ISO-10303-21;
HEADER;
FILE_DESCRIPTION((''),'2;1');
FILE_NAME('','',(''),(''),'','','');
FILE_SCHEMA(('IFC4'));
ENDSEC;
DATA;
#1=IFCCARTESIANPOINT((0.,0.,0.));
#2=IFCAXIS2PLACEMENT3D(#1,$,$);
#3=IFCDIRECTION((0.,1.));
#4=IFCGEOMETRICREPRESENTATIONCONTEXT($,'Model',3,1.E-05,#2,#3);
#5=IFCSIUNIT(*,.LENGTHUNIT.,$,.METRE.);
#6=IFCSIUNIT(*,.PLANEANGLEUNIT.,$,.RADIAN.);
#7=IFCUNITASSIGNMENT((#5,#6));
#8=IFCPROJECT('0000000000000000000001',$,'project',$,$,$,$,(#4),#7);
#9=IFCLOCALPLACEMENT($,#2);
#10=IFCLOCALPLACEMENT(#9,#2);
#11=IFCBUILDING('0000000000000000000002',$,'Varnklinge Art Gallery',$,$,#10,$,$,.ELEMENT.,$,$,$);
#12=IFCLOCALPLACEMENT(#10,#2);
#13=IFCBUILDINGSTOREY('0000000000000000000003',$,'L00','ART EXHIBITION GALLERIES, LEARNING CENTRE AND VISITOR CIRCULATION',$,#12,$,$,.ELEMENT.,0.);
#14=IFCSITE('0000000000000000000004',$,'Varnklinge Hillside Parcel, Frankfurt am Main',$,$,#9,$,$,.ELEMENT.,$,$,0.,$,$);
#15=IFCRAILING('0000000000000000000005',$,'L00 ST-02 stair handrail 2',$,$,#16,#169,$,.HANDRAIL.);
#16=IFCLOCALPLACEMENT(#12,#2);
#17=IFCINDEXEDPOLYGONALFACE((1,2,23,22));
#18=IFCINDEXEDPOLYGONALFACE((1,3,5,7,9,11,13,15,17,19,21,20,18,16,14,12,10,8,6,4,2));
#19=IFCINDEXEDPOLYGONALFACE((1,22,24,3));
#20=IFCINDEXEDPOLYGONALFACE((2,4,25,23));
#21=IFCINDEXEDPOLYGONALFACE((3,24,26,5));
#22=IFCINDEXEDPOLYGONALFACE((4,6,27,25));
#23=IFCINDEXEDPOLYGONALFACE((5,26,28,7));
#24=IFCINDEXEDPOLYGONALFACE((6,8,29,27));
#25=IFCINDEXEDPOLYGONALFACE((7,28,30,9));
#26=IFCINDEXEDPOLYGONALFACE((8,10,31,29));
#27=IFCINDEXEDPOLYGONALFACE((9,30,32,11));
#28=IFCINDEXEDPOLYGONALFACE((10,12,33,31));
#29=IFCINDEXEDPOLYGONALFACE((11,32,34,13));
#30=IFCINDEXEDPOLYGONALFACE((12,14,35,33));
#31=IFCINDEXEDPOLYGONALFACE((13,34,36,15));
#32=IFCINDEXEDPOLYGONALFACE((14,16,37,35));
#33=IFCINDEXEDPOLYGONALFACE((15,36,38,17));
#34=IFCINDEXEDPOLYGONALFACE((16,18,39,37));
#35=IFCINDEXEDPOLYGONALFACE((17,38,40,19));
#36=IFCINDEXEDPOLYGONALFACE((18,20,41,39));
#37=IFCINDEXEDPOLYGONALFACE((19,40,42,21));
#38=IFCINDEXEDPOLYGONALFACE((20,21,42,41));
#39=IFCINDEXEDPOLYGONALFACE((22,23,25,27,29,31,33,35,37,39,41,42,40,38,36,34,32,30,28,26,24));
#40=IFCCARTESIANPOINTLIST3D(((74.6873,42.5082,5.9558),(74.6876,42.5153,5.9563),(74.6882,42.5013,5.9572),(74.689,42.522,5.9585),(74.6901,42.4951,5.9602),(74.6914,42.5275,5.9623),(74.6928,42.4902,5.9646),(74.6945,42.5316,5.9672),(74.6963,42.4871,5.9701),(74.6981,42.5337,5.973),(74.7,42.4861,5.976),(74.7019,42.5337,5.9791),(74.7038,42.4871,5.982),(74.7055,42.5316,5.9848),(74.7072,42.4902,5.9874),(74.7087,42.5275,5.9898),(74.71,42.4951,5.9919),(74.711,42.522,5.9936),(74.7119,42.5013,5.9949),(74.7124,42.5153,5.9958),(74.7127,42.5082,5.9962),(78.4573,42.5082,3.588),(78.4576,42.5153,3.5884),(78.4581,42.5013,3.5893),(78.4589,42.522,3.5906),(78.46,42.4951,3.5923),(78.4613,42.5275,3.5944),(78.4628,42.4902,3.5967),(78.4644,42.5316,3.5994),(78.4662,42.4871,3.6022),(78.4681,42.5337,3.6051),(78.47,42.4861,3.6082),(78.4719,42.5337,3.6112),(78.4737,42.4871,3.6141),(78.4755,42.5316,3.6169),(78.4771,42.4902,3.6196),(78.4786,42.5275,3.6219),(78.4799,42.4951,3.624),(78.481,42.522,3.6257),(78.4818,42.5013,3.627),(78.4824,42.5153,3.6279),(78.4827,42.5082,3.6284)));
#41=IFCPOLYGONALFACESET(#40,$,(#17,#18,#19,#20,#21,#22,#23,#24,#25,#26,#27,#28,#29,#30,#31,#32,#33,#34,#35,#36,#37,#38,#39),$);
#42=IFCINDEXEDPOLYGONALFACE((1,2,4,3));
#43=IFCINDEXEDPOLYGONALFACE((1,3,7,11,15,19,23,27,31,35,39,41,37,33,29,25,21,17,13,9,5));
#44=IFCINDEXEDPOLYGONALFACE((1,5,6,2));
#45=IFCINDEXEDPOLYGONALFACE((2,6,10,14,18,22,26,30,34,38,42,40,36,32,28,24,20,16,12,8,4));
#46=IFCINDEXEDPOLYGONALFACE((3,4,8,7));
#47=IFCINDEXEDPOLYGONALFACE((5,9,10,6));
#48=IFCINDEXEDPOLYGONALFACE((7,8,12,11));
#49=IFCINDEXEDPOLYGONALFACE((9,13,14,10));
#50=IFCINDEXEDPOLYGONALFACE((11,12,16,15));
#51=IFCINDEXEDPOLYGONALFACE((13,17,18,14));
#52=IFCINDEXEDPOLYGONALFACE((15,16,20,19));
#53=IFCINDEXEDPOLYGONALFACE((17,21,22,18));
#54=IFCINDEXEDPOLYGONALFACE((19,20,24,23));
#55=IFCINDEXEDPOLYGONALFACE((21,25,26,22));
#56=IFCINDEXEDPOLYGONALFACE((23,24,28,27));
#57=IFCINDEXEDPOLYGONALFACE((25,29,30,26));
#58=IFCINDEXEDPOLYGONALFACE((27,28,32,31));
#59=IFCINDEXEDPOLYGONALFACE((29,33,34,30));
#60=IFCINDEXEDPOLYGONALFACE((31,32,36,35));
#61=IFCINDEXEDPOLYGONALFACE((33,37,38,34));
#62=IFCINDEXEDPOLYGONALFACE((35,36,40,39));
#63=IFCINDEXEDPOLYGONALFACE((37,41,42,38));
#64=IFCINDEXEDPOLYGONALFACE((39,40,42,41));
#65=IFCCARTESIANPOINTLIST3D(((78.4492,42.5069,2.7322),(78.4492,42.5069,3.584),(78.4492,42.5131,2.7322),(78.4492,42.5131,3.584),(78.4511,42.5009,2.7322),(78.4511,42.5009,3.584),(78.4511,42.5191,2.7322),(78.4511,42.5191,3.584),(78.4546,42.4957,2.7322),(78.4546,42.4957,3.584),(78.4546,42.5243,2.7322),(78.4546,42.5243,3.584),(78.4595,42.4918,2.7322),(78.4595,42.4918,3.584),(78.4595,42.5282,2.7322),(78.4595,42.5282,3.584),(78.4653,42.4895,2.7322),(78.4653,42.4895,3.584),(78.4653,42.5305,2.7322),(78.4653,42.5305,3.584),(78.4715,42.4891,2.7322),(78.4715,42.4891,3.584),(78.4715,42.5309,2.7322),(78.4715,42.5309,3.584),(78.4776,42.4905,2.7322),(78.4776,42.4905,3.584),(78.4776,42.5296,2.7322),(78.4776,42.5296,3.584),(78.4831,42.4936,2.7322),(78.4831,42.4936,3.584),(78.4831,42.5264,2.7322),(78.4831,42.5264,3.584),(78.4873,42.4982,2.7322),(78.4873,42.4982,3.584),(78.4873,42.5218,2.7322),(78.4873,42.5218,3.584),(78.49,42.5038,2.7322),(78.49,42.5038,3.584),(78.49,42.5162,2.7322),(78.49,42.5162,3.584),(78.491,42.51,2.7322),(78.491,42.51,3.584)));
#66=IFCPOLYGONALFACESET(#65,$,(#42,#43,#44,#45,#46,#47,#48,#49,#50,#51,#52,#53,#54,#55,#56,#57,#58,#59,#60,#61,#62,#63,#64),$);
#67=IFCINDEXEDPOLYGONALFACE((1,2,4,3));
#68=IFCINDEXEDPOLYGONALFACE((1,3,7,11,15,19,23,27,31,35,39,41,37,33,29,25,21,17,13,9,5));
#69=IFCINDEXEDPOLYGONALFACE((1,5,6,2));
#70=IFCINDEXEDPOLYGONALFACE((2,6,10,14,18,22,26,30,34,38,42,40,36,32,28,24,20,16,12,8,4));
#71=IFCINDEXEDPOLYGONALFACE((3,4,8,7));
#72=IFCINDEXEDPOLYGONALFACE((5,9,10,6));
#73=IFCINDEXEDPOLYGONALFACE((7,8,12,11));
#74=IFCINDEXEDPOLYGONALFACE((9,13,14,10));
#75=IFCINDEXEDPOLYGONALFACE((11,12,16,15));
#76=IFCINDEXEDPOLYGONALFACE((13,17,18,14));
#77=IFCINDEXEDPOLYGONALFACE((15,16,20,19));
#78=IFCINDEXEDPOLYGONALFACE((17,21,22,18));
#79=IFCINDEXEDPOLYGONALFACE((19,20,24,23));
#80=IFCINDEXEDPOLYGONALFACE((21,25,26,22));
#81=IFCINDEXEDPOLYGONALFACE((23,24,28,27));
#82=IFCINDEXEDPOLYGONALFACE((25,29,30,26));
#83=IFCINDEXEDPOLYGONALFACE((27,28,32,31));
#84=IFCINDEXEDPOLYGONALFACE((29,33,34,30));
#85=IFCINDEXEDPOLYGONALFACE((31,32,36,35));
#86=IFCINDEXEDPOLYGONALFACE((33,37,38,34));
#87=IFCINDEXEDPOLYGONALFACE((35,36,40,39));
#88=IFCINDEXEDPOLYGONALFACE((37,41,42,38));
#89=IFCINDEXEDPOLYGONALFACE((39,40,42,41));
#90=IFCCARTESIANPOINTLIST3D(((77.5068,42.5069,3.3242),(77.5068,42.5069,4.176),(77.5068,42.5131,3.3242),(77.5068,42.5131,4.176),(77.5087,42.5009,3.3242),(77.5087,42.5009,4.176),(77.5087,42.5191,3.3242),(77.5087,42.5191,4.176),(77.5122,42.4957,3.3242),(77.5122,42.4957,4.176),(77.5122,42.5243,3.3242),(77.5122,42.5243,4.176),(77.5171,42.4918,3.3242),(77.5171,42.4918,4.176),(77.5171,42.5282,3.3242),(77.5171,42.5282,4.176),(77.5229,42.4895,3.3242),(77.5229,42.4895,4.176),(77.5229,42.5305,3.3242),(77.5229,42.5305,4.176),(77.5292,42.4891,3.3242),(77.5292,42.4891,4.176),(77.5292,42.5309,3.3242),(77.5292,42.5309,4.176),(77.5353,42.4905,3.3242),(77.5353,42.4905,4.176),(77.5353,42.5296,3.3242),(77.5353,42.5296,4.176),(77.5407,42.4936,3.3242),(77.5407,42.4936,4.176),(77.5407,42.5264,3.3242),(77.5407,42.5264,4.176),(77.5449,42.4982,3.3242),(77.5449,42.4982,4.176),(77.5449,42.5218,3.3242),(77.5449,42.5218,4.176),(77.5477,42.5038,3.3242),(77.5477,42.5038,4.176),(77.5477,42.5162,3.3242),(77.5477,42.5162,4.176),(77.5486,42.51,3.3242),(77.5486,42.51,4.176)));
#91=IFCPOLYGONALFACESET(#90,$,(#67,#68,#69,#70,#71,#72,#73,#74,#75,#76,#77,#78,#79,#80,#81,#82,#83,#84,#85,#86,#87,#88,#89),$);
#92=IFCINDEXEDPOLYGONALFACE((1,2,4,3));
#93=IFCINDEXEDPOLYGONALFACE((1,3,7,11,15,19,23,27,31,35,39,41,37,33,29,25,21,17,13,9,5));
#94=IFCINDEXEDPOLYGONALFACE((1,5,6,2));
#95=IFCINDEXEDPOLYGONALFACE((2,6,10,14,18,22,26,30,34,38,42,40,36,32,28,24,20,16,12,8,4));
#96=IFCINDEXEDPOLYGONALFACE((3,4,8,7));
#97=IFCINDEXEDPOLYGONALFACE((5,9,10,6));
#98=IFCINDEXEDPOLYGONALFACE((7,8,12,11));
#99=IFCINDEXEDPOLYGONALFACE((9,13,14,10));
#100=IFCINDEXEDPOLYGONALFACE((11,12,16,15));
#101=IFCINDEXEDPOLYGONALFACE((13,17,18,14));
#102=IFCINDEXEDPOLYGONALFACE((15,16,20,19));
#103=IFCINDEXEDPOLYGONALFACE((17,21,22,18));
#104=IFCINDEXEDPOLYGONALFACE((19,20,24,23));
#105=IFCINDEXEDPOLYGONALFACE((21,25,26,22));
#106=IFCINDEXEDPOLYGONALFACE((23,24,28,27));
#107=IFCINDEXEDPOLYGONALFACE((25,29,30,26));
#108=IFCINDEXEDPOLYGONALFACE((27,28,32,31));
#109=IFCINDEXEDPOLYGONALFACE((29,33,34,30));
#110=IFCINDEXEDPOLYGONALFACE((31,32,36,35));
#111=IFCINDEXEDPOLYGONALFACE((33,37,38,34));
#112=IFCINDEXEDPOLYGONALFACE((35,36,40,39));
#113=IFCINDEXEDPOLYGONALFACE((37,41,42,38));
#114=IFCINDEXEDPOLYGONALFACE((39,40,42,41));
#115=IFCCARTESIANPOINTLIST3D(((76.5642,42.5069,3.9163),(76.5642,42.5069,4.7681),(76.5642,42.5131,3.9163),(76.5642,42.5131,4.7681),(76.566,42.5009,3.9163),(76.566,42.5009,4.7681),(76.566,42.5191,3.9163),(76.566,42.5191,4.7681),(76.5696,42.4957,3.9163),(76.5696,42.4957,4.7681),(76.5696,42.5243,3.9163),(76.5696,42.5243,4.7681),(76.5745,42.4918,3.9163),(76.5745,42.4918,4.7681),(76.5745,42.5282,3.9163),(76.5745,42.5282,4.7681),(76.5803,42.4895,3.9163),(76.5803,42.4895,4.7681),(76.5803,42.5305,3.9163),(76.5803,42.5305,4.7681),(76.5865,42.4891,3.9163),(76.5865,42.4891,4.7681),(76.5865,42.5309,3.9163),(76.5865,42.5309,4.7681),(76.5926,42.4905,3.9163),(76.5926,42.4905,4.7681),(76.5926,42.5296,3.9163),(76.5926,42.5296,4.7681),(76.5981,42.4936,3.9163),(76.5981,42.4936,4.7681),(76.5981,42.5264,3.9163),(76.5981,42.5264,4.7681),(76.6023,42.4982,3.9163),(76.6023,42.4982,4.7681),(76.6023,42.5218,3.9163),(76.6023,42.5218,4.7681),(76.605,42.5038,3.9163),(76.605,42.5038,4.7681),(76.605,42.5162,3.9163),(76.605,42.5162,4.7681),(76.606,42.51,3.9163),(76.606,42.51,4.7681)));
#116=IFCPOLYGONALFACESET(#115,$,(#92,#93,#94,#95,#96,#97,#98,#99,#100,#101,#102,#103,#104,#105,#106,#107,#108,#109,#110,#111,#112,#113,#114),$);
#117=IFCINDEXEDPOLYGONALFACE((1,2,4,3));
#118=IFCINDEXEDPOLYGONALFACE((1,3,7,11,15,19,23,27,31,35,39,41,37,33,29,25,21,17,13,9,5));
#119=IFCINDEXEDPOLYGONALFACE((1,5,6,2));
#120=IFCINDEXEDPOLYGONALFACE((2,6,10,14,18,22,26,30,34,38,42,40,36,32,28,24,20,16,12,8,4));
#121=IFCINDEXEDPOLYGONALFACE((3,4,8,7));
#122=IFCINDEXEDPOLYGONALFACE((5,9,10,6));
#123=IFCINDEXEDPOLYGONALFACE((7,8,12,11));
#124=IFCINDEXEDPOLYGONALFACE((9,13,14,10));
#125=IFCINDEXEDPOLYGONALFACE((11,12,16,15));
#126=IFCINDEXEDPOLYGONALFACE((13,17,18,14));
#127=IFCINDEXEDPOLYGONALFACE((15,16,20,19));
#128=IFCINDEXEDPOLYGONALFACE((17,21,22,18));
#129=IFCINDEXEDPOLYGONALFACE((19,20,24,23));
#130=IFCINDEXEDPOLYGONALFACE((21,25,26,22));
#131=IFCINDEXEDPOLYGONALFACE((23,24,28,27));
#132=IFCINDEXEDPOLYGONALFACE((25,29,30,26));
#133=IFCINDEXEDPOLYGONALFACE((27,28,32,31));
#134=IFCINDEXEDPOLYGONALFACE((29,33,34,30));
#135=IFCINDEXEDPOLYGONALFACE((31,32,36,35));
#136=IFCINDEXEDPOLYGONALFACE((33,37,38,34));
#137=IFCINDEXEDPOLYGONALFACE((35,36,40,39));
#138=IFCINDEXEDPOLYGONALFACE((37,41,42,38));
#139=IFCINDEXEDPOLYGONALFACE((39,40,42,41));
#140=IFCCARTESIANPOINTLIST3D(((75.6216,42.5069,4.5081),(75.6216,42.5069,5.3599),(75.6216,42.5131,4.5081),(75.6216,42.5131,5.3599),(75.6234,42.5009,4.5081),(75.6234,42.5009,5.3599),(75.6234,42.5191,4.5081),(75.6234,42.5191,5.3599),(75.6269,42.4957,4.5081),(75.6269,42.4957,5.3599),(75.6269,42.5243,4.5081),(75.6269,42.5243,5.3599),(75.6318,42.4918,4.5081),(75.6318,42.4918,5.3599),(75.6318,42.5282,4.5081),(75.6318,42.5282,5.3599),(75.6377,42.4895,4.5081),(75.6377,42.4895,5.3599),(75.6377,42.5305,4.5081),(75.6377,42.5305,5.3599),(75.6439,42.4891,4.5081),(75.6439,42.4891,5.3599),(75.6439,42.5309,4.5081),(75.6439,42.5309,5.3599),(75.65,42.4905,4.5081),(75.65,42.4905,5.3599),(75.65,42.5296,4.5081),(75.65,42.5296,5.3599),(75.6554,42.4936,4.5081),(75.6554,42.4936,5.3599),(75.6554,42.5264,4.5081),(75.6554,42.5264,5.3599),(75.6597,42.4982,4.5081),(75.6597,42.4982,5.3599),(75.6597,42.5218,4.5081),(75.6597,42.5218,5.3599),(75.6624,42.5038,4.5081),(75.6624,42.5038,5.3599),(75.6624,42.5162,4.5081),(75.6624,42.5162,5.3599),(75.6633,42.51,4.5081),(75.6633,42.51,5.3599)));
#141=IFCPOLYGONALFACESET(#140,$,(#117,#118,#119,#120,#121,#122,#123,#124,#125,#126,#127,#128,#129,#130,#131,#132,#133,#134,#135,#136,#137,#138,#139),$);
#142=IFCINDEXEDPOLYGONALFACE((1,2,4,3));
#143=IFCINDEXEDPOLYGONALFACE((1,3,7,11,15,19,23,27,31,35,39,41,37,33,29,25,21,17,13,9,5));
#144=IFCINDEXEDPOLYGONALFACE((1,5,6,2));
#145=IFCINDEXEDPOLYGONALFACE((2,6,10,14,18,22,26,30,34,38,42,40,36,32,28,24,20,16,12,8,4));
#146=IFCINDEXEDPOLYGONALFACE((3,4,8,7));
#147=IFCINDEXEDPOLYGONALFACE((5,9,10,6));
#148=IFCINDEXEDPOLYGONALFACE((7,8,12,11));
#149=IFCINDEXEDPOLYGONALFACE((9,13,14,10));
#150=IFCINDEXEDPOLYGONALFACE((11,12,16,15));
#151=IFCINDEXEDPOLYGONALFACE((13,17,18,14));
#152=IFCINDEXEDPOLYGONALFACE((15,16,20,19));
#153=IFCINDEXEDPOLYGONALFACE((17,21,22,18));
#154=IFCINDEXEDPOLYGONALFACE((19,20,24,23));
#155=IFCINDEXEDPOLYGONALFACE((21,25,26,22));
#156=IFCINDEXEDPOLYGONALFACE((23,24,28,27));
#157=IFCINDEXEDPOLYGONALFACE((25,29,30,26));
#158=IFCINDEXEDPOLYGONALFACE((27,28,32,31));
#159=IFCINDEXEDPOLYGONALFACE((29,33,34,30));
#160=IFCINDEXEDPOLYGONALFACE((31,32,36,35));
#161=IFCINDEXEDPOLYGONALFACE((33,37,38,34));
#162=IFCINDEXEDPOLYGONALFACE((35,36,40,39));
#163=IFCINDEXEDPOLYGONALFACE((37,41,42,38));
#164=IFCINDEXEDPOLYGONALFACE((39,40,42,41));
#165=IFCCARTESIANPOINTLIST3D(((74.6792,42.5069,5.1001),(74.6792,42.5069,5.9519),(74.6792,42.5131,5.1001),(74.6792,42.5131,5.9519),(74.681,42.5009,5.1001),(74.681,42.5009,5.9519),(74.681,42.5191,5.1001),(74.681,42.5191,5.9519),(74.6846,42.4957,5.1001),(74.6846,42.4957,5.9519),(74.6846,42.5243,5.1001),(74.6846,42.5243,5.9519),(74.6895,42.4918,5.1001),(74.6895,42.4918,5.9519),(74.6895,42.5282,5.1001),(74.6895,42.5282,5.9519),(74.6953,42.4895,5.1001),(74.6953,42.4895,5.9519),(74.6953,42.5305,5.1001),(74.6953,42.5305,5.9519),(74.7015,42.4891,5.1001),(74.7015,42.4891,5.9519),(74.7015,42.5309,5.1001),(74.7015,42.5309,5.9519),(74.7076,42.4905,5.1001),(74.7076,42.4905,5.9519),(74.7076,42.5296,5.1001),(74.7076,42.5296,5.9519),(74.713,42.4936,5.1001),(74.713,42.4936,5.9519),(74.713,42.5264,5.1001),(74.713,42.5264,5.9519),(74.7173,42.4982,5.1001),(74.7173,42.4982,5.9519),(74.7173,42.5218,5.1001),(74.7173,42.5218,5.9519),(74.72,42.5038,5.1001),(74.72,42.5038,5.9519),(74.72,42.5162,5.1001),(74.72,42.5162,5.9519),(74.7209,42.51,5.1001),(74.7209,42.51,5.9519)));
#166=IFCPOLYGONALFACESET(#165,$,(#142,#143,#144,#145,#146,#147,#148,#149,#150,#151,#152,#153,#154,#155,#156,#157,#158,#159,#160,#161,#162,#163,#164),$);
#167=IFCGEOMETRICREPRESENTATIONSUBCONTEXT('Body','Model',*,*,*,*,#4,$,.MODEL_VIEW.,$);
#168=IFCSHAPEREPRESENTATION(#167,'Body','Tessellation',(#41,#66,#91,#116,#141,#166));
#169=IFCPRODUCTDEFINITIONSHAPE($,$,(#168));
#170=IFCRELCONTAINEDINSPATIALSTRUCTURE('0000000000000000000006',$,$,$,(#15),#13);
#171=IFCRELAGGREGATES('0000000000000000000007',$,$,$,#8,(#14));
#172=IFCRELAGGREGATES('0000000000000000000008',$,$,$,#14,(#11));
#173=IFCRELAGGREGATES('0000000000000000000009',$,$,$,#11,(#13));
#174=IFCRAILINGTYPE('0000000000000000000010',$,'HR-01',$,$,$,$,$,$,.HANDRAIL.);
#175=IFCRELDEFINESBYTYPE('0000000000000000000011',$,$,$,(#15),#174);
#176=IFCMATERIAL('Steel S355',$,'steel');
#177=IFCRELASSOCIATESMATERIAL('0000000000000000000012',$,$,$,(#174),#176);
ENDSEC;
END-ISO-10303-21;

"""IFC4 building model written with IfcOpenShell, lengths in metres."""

from ifc_helpers import new_model, si_unit, direction, frame, origin, origin_2d, place, context, subcontext, project, spatial, circle, extrude, material, type_object, element, save


model = new_model("IFC4")

# Units and contexts
model_context = context("Model", 3, precision=1e-05, world=origin(), true_north=direction((0.0, 1.0)))
body_context = subcontext(model_context, "Body", "Model", "MODEL_VIEW")
ifc_project = project(units=[si_unit("LENGTHUNIT", "METRE"), si_unit("PLANEANGLEUNIT", "RADIAN")], contexts=[model_context])

# Site, building, storey
site_placement = place(None, origin())
site = spatial("IfcSite", under=ifc_project, at=site_placement, Name="Varnklinge Hillside Parcel, Frankfurt am Main", CompositionType="ELEMENT", RefElevation=0.0)
building_placement = place(site_placement, origin())
building = spatial("IfcBuilding", under=site, at=building_placement, Name="Varnklinge Art Gallery", CompositionType="ELEMENT")
storey_placement = place(building_placement, origin())
storey = spatial("IfcBuildingStorey", under=building, at=storey_placement, Name="L00", Description="ART EXHIBITION GALLERIES, LEARNING CENTRE AND VISITOR CIRCULATION", CompositionType="ELEMENT", Elevation=0.0)

# Railing
ifc_material_1 = material(Name="Steel S355", Category="steel")
railing_type_1 = type_object("IfcRailingType", Name="HR-01", PredefinedType="HANDRAIL", material=ifc_material_1)
for number, where, name in (
    (1, (78.47, 42.51, 2.7322), "L00 ST-02 stair handrail 2"),
):
    element("IfcRailing", number, at=place(storey_placement, frame(where)), inside=storey, type_object=railing_type_1, Name=name, PredefinedType="HANDRAIL", context=body_context, shape_type="SweptSolid", body=[
        extrude(circle(Radius=0.0239, at=origin_2d()), frame((0.0, 0.0, 0.876), z_axis=(-0.846819, 0.0, 0.531881), x_axis=(0.0, -1.0, 0.0)), (0.0, 0.0, 1.0), 4.4519),
        extrude(circle(Radius=0.021, at=origin_2d()), origin(), (0.0, 0.0, 1.0), 0.8518),
        extrude(circle(Radius=0.021, at=origin_2d()), frame((-0.9424, 0.0, 0.592)), (0.0, 0.0, 1.0), 0.8518),
        extrude(circle(Radius=0.021, at=origin_2d()), frame((-1.885, 0.0, 1.1841)), (0.0, 0.0, 1.0), 0.8518),
        extrude(circle(Radius=0.021, at=origin_2d()), frame((-2.8276, 0.0, 1.7759)), (0.0, 0.0, 1.0), 0.8518),
        extrude(circle(Radius=0.021, at=origin_2d()), frame((-3.77, 0.0, 2.3679)), (0.0, 0.0, 1.0), 0.8518),
    ])

save(model, "model.ifc")
